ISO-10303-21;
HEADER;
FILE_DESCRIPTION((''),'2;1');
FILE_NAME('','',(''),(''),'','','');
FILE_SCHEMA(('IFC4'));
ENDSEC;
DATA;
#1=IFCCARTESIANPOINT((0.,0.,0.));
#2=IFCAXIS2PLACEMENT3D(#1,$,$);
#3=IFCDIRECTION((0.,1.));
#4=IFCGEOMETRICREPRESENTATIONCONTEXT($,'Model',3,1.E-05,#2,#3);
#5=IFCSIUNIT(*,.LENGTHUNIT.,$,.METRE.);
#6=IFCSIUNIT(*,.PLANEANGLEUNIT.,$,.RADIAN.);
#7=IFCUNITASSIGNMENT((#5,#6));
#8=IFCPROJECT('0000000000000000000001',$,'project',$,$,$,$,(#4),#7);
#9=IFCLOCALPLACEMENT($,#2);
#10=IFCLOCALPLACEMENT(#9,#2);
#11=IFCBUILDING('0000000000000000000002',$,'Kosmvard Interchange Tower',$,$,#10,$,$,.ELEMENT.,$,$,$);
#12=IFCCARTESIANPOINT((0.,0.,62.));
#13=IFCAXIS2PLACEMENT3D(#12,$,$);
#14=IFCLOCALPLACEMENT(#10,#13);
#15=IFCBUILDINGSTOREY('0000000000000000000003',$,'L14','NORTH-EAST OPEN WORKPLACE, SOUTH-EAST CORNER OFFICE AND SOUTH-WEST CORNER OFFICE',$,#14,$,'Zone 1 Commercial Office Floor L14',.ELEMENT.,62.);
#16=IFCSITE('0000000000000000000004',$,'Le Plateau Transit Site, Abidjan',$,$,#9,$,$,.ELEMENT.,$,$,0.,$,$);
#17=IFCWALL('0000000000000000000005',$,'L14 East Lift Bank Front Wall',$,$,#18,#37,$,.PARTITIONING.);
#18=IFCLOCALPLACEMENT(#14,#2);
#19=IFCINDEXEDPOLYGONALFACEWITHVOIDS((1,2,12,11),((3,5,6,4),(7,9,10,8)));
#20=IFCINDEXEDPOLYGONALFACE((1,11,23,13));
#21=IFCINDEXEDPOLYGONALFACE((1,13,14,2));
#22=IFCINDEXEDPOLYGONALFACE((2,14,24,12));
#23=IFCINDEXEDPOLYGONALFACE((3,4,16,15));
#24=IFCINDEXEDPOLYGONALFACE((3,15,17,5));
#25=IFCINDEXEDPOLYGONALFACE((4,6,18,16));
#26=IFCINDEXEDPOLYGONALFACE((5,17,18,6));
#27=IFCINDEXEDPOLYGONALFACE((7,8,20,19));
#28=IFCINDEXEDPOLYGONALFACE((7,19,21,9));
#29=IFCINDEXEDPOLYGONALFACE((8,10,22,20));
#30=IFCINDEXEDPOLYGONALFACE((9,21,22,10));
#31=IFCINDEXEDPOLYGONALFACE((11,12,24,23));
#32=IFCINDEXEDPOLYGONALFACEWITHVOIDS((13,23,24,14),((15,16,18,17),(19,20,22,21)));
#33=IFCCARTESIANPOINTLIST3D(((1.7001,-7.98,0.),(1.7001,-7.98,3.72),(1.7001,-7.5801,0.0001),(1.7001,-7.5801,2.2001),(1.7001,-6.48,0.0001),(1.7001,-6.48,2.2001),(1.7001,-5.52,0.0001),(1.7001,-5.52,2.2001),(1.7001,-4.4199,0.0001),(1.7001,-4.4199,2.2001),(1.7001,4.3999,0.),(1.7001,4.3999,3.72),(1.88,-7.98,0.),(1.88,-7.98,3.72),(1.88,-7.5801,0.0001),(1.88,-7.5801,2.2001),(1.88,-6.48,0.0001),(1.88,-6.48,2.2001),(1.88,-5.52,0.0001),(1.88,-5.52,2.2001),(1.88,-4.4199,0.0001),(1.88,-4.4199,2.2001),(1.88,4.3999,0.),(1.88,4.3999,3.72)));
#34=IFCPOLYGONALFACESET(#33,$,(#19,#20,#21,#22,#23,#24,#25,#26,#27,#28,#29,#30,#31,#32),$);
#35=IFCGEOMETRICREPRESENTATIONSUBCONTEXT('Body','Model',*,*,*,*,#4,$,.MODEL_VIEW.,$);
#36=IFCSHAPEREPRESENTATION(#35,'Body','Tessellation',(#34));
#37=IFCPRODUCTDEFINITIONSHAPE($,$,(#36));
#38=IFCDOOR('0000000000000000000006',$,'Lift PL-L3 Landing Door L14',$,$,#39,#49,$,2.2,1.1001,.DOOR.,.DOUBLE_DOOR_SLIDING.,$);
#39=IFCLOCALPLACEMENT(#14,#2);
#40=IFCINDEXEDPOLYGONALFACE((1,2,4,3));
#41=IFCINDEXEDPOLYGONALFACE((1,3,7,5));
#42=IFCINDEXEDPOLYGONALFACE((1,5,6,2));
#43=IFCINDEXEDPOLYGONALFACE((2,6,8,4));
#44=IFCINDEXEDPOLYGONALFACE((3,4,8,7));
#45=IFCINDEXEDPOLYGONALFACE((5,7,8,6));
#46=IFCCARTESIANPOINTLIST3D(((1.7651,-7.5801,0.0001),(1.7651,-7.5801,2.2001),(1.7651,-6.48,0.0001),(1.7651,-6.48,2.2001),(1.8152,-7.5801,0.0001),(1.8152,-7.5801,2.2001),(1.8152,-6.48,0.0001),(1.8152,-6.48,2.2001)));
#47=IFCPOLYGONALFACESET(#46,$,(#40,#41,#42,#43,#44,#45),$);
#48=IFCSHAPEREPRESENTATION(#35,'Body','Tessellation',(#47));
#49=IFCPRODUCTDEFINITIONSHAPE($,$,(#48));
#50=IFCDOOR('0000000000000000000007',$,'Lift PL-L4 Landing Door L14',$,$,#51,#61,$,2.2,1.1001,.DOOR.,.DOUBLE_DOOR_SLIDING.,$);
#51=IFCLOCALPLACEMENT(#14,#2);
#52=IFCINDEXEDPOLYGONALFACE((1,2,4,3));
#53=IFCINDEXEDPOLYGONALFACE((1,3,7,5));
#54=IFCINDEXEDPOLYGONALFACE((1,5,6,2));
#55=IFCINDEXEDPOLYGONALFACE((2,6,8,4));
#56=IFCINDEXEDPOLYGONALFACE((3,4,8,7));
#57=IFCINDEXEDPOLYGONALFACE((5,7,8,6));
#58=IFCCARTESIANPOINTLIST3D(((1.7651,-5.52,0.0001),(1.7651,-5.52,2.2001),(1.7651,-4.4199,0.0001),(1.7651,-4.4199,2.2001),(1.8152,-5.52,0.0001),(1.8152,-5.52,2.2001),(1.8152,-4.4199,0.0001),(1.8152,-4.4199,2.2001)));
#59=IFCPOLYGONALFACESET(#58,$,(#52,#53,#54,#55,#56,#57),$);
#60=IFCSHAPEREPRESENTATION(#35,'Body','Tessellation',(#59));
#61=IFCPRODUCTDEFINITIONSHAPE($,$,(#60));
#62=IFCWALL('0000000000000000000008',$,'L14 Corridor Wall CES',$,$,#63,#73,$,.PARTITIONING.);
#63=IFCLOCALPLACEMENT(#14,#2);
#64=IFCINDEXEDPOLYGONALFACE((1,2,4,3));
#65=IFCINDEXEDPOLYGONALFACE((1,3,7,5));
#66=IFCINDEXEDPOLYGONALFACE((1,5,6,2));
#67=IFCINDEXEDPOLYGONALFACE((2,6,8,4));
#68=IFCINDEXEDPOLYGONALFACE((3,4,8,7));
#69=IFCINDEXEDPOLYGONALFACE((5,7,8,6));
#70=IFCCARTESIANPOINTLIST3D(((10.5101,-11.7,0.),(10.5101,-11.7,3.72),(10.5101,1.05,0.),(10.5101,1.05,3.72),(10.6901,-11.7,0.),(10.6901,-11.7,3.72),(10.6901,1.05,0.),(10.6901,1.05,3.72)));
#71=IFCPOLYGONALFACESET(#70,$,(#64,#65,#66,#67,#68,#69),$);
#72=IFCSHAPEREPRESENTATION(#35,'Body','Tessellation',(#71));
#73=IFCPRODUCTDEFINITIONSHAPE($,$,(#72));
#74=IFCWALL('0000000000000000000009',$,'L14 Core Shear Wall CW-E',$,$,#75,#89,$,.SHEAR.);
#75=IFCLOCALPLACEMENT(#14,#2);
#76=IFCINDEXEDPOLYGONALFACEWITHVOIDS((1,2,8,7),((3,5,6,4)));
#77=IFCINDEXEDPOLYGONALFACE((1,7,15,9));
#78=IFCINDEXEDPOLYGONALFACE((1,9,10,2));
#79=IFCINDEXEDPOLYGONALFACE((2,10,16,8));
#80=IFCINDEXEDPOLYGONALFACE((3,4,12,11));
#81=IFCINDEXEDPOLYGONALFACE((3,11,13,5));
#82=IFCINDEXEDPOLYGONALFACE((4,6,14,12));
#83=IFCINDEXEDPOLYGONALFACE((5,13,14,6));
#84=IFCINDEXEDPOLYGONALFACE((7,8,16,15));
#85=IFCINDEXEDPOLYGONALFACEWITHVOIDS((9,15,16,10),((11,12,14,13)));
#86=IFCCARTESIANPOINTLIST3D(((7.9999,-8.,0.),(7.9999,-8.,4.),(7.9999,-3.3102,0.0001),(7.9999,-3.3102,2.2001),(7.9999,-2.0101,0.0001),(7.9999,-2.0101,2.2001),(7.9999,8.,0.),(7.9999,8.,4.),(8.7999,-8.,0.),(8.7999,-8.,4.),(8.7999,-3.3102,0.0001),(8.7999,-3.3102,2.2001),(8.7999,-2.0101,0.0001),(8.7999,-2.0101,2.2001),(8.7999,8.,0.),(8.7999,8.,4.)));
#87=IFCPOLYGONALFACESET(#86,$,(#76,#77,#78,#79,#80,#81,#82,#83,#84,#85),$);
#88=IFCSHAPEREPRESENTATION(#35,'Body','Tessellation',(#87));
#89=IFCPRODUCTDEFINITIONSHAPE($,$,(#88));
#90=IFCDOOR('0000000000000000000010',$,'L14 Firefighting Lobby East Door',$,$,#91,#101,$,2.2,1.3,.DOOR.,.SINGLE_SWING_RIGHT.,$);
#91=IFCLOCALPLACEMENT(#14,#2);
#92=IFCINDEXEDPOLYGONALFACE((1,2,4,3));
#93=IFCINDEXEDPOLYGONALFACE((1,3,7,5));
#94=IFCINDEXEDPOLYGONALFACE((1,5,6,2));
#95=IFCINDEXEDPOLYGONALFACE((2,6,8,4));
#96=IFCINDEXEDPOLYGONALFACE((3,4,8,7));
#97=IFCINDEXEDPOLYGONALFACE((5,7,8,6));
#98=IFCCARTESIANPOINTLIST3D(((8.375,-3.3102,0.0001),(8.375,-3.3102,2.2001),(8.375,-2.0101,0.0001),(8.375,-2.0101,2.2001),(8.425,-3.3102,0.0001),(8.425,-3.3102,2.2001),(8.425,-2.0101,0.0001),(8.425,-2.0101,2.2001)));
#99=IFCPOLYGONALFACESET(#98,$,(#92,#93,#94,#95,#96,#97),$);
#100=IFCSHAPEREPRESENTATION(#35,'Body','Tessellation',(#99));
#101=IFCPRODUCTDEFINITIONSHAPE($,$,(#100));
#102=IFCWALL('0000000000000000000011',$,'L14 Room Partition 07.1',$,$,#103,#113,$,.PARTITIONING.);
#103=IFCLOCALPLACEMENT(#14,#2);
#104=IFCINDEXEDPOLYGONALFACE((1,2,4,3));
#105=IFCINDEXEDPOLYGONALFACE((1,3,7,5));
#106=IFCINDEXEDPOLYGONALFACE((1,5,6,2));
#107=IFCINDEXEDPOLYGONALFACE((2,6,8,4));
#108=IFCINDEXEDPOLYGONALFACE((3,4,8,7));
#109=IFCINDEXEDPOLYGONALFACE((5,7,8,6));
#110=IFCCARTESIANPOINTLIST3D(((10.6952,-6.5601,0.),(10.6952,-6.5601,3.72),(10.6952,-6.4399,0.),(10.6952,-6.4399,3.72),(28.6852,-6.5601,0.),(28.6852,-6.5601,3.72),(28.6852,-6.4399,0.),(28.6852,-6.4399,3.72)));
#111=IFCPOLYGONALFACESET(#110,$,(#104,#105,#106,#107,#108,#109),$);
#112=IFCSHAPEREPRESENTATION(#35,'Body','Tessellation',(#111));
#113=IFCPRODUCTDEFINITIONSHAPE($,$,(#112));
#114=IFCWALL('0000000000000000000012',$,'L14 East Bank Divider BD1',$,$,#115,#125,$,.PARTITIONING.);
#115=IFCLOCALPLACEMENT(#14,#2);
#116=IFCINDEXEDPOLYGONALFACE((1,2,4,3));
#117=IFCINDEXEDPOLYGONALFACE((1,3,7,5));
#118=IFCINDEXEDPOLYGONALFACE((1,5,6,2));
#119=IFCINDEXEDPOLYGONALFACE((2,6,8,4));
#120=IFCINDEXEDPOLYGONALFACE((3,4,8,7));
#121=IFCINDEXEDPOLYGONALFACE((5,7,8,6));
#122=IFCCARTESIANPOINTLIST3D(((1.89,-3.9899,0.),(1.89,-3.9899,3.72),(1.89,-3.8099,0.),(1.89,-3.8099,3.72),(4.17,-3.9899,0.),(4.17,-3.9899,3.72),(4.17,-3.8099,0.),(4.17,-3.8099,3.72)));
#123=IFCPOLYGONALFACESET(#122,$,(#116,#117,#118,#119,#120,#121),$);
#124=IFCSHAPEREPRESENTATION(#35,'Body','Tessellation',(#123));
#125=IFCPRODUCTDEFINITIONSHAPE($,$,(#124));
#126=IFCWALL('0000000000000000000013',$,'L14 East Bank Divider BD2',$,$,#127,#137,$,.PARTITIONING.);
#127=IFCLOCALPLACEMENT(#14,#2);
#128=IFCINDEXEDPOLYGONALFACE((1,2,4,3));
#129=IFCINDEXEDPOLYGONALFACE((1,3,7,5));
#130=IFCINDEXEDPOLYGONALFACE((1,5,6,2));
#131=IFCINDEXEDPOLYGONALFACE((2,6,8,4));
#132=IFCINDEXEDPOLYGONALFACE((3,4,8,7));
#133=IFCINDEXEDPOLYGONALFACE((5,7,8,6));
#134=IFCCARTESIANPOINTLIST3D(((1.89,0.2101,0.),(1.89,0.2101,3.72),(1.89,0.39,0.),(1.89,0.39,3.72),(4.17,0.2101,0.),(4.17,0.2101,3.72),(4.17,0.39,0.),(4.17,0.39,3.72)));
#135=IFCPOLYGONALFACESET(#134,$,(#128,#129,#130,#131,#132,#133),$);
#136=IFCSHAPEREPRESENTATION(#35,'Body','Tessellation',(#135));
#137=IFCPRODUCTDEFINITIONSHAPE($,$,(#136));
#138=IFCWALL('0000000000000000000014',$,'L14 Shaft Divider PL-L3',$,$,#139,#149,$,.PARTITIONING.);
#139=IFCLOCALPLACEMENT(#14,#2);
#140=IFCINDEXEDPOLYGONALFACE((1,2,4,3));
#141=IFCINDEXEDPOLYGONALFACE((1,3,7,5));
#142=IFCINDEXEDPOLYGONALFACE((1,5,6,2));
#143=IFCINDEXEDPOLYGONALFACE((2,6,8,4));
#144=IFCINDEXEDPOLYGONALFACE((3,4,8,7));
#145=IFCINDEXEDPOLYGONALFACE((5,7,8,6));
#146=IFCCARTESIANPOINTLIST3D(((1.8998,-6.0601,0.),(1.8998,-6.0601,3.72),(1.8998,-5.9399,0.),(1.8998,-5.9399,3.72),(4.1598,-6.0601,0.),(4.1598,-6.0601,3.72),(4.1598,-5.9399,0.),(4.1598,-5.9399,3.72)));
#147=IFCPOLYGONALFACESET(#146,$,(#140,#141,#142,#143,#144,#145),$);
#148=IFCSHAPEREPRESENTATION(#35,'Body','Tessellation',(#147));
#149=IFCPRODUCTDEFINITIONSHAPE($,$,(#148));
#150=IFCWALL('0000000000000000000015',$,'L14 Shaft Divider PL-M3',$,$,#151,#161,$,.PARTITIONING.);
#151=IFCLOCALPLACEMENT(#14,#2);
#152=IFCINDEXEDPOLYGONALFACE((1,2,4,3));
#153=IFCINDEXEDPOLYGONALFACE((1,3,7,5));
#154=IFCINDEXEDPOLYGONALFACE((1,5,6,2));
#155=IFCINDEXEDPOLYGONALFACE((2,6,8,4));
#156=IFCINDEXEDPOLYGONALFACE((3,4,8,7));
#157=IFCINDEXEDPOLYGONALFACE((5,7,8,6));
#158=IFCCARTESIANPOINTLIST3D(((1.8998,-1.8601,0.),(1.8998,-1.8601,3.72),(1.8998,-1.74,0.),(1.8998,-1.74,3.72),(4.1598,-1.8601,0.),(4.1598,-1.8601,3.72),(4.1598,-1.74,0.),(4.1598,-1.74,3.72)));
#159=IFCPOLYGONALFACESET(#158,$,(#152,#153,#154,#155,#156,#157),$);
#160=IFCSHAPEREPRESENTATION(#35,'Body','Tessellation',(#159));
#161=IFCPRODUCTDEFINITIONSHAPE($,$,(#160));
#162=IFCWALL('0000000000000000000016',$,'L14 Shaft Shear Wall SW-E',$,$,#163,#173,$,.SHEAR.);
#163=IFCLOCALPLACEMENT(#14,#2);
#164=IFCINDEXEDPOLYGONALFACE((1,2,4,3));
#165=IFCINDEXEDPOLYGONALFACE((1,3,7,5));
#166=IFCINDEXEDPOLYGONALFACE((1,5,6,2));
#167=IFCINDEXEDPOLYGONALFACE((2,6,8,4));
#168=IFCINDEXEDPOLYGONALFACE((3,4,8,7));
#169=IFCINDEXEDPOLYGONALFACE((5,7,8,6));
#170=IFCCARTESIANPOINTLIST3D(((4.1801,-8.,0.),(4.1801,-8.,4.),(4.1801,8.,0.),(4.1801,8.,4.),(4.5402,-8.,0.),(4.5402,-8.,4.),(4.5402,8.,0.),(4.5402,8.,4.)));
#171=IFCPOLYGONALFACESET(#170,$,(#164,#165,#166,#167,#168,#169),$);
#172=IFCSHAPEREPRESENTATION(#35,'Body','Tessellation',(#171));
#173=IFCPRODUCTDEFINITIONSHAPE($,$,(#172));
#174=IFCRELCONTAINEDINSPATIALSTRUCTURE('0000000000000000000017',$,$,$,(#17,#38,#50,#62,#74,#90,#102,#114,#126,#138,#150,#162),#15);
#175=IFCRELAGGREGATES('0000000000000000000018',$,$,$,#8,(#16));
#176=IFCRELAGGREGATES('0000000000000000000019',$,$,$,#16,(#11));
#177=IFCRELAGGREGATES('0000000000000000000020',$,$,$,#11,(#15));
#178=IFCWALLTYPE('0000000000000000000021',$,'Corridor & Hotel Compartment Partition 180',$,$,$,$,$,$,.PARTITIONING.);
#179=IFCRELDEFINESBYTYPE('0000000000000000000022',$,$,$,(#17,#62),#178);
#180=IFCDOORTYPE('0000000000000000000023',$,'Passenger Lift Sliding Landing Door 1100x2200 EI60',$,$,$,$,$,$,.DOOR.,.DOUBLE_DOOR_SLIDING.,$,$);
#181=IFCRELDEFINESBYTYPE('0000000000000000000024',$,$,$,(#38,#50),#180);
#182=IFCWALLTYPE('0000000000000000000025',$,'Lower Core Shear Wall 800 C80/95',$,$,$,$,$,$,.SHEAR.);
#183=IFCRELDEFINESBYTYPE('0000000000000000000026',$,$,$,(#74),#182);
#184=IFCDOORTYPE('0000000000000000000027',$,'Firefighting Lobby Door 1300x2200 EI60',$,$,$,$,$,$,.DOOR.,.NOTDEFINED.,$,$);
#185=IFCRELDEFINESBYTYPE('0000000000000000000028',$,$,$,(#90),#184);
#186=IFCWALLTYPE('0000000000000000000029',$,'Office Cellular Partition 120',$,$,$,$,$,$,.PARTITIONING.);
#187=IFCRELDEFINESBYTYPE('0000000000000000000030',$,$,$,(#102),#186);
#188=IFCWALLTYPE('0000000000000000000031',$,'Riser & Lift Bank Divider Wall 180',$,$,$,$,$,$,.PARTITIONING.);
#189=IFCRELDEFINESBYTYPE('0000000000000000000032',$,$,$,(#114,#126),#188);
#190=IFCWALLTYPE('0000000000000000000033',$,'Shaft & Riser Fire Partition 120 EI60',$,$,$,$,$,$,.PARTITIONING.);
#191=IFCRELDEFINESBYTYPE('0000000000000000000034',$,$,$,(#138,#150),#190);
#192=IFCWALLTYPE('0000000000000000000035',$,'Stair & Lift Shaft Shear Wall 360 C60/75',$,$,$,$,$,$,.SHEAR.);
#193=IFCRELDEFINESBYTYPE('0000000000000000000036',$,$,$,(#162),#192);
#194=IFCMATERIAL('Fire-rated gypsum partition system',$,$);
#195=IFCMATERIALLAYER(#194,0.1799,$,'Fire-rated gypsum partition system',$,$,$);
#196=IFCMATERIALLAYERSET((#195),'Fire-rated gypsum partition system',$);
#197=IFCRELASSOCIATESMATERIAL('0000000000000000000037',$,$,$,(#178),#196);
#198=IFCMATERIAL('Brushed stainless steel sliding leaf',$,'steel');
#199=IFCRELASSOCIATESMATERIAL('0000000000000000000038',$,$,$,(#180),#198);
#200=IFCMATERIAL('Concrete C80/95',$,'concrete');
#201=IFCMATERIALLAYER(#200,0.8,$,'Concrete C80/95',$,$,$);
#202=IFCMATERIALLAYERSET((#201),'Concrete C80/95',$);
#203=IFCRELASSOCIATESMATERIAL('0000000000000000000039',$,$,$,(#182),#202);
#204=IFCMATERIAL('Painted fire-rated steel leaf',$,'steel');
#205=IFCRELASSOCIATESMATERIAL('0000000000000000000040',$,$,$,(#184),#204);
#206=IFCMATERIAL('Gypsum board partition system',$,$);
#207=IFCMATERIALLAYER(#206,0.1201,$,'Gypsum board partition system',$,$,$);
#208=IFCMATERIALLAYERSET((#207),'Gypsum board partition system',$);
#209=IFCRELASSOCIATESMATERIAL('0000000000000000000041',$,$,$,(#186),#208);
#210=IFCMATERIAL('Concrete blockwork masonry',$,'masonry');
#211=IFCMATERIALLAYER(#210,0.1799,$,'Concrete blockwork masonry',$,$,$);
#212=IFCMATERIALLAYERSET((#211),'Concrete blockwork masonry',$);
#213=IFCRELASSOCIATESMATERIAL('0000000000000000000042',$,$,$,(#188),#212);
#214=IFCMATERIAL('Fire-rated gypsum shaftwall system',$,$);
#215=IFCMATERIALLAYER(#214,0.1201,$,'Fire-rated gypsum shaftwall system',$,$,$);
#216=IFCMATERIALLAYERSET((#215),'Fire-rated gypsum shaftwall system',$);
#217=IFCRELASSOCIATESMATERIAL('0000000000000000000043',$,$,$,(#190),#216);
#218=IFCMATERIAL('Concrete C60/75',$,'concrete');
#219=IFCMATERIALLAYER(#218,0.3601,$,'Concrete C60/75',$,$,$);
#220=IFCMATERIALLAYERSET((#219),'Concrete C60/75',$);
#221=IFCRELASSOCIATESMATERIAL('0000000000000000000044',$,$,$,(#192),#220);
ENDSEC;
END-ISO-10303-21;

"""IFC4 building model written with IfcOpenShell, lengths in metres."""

from ifc_helpers import new_model, si_unit, direction, frame, frame_2d, origin, place, context, subcontext, project, spatial, rectangle, extrude, source, transform, mapped, material, layer, layer_set, type_object, element, fill, save


model = new_model("IFC4")

# Units and contexts
model_context = context("Model", 3, precision=1e-05, world=origin(), true_north=direction((0.0, 1.0)))
body_context = subcontext(model_context, "Body", "Model", "MODEL_VIEW")
ifc_project = project(units=[si_unit("LENGTHUNIT", "METRE"), si_unit("PLANEANGLEUNIT", "RADIAN")], contexts=[model_context])

# Site, building, storey
site_placement = place(None, origin())
site = spatial("IfcSite", under=ifc_project, at=site_placement, Name="Le Plateau Transit Site, Abidjan", CompositionType="ELEMENT", RefElevation=0.0)
building_placement = place(site_placement, origin())
building = spatial("IfcBuilding", under=site, at=building_placement, Name="Kosmvard Interchange Tower", CompositionType="ELEMENT")
storey_placement = place(building_placement, frame((0.0, 0.0, 62.0)))
storey = spatial("IfcBuildingStorey", under=building, at=storey_placement, Name="L14", Description="NORTH-EAST OPEN WORKPLACE, SOUTH-EAST CORNER OFFICE AND SOUTH-WEST CORNER OFFICE", LongName="Zone 1 Commercial Office Floor L14", CompositionType="ELEMENT", Elevation=62.0)

# Shared definitions
ifc_material_1 = material(Name="Concrete C80/95", Category="concrete")
ifc_material_2 = material(Name="Concrete C60/75", Category="concrete")

# Wall, openings, doors
ifc_material_3 = material(Name="Fire-rated gypsum partition system")
ifc_layer_1 = layer(ifc_material_3, 0.1799, Name="Fire-rated gypsum partition system")
ifc_layer_set_1 = layer_set([ifc_layer_1], Name="Fire-rated gypsum partition system")
wall_type_1 = type_object("IfcWallType", Name="Corridor & Hotel Compartment Partition 180", PredefinedType="PARTITIONING", material=ifc_layer_set_1)
wall_1_placement = place(storey_placement, frame((1.79, -7.98, 0.0), z_axis=(0.0, 0.0, 1.0), x_axis=(0.0, 1.0, 0.0)))
wall_1 = element("IfcWall", 1, at=wall_1_placement, inside=storey, type_object=wall_type_1, Name="L14 East Lift Bank Front Wall", PredefinedType="PARTITIONING", context=body_context, shape_type="SweptSolid", body=[
    extrude(rectangle(XDim=12.3799, YDim=0.1799, at=frame_2d((6.1899, 0.0))), origin(), (0.0, 0.0, 1.0), 3.72),
])
opening_1_placement = place(wall_1_placement, frame((0.3999, 0.0, 0.0)))
opening_1 = element("IfcOpeningElement", 2, at=opening_1_placement, cuts=wall_1, PredefinedType="OPENING", context=body_context, shape_type="SweptSolid", body=[
    extrude(rectangle(XDim=1.1001, YDim=2.2, at=frame_2d((0.55, 1.1001))), frame((0.0, 0.1001, 0.0), z_axis=(0.0, -1.0, 0.0), x_axis=(1.0, 0.0, 0.0)), (0.0, 0.0, 1.0), 0.2),
])
opening_2_placement = place(wall_1_placement, frame((2.46, 0.0, 0.0)))
opening_2 = element("IfcOpeningElement", 3, at=opening_2_placement, cuts=wall_1, PredefinedType="OPENING", context=body_context, shape_type="SweptSolid", body=[
    extrude(rectangle(XDim=1.1001, YDim=2.2, at=frame_2d((0.55, 1.1001))), frame((0.0, 0.1001, 0.0), z_axis=(0.0, -1.0, 0.0), x_axis=(1.0, 0.0, 0.0)), (0.0, 0.0, 1.0), 0.2),
])
ifc_material_4 = material(Name="Brushed stainless steel sliding leaf", Category="steel")
door_type_1 = type_object("IfcDoorType", Name="Passenger Lift Sliding Landing Door 1100x2200 EI60", OperationType="DOUBLE_DOOR_SLIDING", PredefinedType="DOOR", material=ifc_material_4)
shared_shape_1 = source(origin(), body_context, "Body", "SweptSolid", [
    extrude(rectangle(XDim=1.1001, YDim=2.2, at=frame_2d((0.55, 1.1001))), frame((0.0, 0.0249, 0.0), z_axis=(0.0, -1.0, 0.0), x_axis=(1.0, 0.0, 0.0)), (0.0, 0.0, 1.0), 0.05),
])
door_1_placement = place(opening_1_placement, origin())
door_1 = element("IfcDoor", 4, at=door_1_placement, inside=storey, type_object=door_type_1, Name="Lift PL-L3 Landing Door L14", OperationType="DOUBLE_DOOR_SLIDING", OverallHeight=2.2, OverallWidth=1.1001, PredefinedType="DOOR", context=body_context, shape_type="MappedRepresentation", body=[
    mapped(shared_shape_1, transform((0.0, 0.0, 0.0), scale=1.0)),
])
fill(opening_1, door_1)
door_2_placement = place(opening_2_placement, origin())
door_2 = element("IfcDoor", 5, at=door_2_placement, inside=storey, type_object=door_type_1, Name="Lift PL-L4 Landing Door L14", OperationType="DOUBLE_DOOR_SLIDING", OverallHeight=2.2, OverallWidth=1.1001, PredefinedType="DOOR", context=body_context, shape_type="MappedRepresentation", body=[
    mapped(shared_shape_1, transform((0.0, 0.0, 0.0), scale=1.0)),
])
fill(opening_2, door_2)

# Wall
wall_2_placement = place(storey_placement, frame((10.6001, -11.7, 0.0), z_axis=(0.0, 0.0, 1.0), x_axis=(0.0, 1.0, 0.0)))
element("IfcWall", 6, at=wall_2_placement, inside=storey, type_object=wall_type_1, Name="L14 Corridor Wall CES", PredefinedType="PARTITIONING", context=body_context, shape_type="SweptSolid", body=[
    extrude(rectangle(XDim=12.75, YDim=0.1799, at=frame_2d((6.375, 0.0))), origin(), (0.0, 0.0, 1.0), 3.72),
])

# Wall, opening, door
ifc_layer_2 = layer(ifc_material_1, 0.8, Name="Concrete C80/95")
ifc_layer_set_2 = layer_set([ifc_layer_2], Name="Concrete C80/95")
wall_type_2 = type_object("IfcWallType", Name="Lower Core Shear Wall 800 C80/95", PredefinedType="SHEAR", material=ifc_layer_set_2)
wall_3_placement = place(storey_placement, frame((8.3999, -8.0, 0.0), z_axis=(0.0, 0.0, 1.0), x_axis=(0.0, 1.0, 0.0)))
wall_3 = element("IfcWall", 7, at=wall_3_placement, inside=storey, type_object=wall_type_2, Name="L14 Core Shear Wall CW-E", PredefinedType="SHEAR", context=body_context, shape_type="SweptSolid", body=[
    extrude(rectangle(XDim=16.0, YDim=0.8, at=frame_2d((8.0, 0.0))), origin(), (0.0, 0.0, 1.0), 4.0),
])
opening_3_placement = place(wall_3_placement, frame((4.6899, 0.0, 0.0)))
opening_3 = element("IfcOpeningElement", 8, at=opening_3_placement, cuts=wall_3, PredefinedType="OPENING", context=body_context, shape_type="SweptSolid", body=[
    extrude(rectangle(XDim=1.3, YDim=2.2, at=frame_2d((0.6499, 1.1001))), frame((0.0, 0.4102, 0.0), z_axis=(0.0, -1.0, 0.0), x_axis=(1.0, 0.0, 0.0)), (0.0, 0.0, 1.0), 0.8201),
])
ifc_material_5 = material(Name="Painted fire-rated steel leaf", Category="steel")
door_type_2 = type_object("IfcDoorType", Name="Firefighting Lobby Door 1300x2200 EI60", OperationType="NOTDEFINED", PredefinedType="DOOR", material=ifc_material_5)
shared_shape_2 = source(origin(), body_context, "Body", "SweptSolid", [
    extrude(rectangle(XDim=1.3, YDim=2.2, at=frame_2d((0.6499, 1.1001))), frame((0.0, 0.0249, 0.0), z_axis=(0.0, -1.0, 0.0), x_axis=(1.0, 0.0, 0.0)), (0.0, 0.0, 1.0), 0.05),
])
door_3_placement = place(opening_3_placement, origin())
door_3 = element("IfcDoor", 9, at=door_3_placement, inside=storey, type_object=door_type_2, Name="L14 Firefighting Lobby East Door", OperationType="SINGLE_SWING_RIGHT", OverallHeight=2.2, OverallWidth=1.3, PredefinedType="DOOR", context=body_context, shape_type="MappedRepresentation", body=[
    mapped(shared_shape_2, transform((0.0, 0.0, 0.0), scale=1.0)),
])
fill(opening_3, door_3)

# Walls
ifc_material_6 = material(Name="Gypsum board partition system")
ifc_layer_3 = layer(ifc_material_6, 0.1201, Name="Gypsum board partition system")
ifc_layer_set_3 = layer_set([ifc_layer_3], Name="Gypsum board partition system")
wall_type_3 = type_object("IfcWallType", Name="Office Cellular Partition 120", PredefinedType="PARTITIONING", material=ifc_layer_set_3)
wall_4_placement = place(storey_placement, frame((10.6951, -6.5, 0.0), z_axis=(0.0, 0.0, 1.0), x_axis=(1.0, 0.0, 0.0)))
element("IfcWall", 10, at=wall_4_placement, inside=storey, type_object=wall_type_3, Name="L14 Room Partition 07.1", PredefinedType="PARTITIONING", context=body_context, shape_type="SweptSolid", body=[
    extrude(rectangle(XDim=17.99, YDim=0.1201, at=frame_2d((8.9951, 0.0))), origin(), (0.0, 0.0, 1.0), 3.72),
])
ifc_material_7 = material(Name="Concrete blockwork masonry", Category="masonry")
ifc_layer_4 = layer(ifc_material_7, 0.1799, Name="Concrete blockwork masonry")
ifc_layer_set_4 = layer_set([ifc_layer_4], Name="Concrete blockwork masonry")
wall_type_4 = type_object("IfcWallType", Name="Riser & Lift Bank Divider Wall 180", PredefinedType="PARTITIONING", material=ifc_layer_set_4)
for number, where, z_axis, x_axis, name in (
    (11, (1.8899, -3.8999, 0.0), (0.0, 0.0, 1.0), (1.0, 0.0, 0.0), "L14 East Bank Divider BD1"),
    (12, (1.8899, 0.3, 0.0), (0.0, 0.0, 1.0), (1.0, 0.0, 0.0), "L14 East Bank Divider BD2"),
):
    element("IfcWall", number, at=place(storey_placement, frame(where, z_axis=z_axis, x_axis=x_axis)), inside=storey, type_object=wall_type_4, Name=name, PredefinedType="PARTITIONING", context=body_context, shape_type="SweptSolid", body=[
        extrude(rectangle(XDim=2.28, YDim=0.1799, at=frame_2d((1.1401, 0.0))), origin(), (0.0, 0.0, 1.0), 3.72),
    ])
ifc_material_8 = material(Name="Fire-rated gypsum shaftwall system")
ifc_layer_5 = layer(ifc_material_8, 0.1201, Name="Fire-rated gypsum shaftwall system")
ifc_layer_set_5 = layer_set([ifc_layer_5], Name="Fire-rated gypsum shaftwall system")
wall_type_5 = type_object("IfcWallType", Name="Shaft & Riser Fire Partition 120 EI60", PredefinedType="PARTITIONING", material=ifc_layer_set_5)
for number, where, z_axis, x_axis, name in (
    (13, (1.8999, -6.0, 0.0), (0.0, 0.0, 1.0), (1.0, 0.0, 0.0), "L14 Shaft Divider PL-L3"),
    (14, (1.8999, -1.8, 0.0), (0.0, 0.0, 1.0), (1.0, 0.0, 0.0), "L14 Shaft Divider PL-M3"),
):
    element("IfcWall", number, at=place(storey_placement, frame(where, z_axis=z_axis, x_axis=x_axis)), inside=storey, type_object=wall_type_5, Name=name, PredefinedType="PARTITIONING", context=body_context, shape_type="SweptSolid", body=[
        extrude(rectangle(XDim=2.26, YDim=0.1201, at=frame_2d((1.1299, 0.0))), origin(), (0.0, 0.0, 1.0), 3.72),
    ])
ifc_layer_6 = layer(ifc_material_2, 0.3601, Name="Concrete C60/75")
ifc_layer_set_6 = layer_set([ifc_layer_6], Name="Concrete C60/75")
wall_type_6 = type_object("IfcWallType", Name="Stair & Lift Shaft Shear Wall 360 C60/75", PredefinedType="SHEAR", material=ifc_layer_set_6)
wall_5_placement = place(storey_placement, frame((4.3601, -8.0, 0.0), z_axis=(0.0, 0.0, 1.0), x_axis=(0.0, 1.0, 0.0)))
element("IfcWall", 15, at=wall_5_placement, inside=storey, type_object=wall_type_6, Name="L14 Shaft Shear Wall SW-E", PredefinedType="SHEAR", context=body_context, shape_type="SweptSolid", body=[
    extrude(rectangle(XDim=16.0, YDim=0.3601, at=frame_2d((8.0, 0.0))), origin(), (0.0, 0.0, 1.0), 4.0),
])

save(model, "model.ifc")
